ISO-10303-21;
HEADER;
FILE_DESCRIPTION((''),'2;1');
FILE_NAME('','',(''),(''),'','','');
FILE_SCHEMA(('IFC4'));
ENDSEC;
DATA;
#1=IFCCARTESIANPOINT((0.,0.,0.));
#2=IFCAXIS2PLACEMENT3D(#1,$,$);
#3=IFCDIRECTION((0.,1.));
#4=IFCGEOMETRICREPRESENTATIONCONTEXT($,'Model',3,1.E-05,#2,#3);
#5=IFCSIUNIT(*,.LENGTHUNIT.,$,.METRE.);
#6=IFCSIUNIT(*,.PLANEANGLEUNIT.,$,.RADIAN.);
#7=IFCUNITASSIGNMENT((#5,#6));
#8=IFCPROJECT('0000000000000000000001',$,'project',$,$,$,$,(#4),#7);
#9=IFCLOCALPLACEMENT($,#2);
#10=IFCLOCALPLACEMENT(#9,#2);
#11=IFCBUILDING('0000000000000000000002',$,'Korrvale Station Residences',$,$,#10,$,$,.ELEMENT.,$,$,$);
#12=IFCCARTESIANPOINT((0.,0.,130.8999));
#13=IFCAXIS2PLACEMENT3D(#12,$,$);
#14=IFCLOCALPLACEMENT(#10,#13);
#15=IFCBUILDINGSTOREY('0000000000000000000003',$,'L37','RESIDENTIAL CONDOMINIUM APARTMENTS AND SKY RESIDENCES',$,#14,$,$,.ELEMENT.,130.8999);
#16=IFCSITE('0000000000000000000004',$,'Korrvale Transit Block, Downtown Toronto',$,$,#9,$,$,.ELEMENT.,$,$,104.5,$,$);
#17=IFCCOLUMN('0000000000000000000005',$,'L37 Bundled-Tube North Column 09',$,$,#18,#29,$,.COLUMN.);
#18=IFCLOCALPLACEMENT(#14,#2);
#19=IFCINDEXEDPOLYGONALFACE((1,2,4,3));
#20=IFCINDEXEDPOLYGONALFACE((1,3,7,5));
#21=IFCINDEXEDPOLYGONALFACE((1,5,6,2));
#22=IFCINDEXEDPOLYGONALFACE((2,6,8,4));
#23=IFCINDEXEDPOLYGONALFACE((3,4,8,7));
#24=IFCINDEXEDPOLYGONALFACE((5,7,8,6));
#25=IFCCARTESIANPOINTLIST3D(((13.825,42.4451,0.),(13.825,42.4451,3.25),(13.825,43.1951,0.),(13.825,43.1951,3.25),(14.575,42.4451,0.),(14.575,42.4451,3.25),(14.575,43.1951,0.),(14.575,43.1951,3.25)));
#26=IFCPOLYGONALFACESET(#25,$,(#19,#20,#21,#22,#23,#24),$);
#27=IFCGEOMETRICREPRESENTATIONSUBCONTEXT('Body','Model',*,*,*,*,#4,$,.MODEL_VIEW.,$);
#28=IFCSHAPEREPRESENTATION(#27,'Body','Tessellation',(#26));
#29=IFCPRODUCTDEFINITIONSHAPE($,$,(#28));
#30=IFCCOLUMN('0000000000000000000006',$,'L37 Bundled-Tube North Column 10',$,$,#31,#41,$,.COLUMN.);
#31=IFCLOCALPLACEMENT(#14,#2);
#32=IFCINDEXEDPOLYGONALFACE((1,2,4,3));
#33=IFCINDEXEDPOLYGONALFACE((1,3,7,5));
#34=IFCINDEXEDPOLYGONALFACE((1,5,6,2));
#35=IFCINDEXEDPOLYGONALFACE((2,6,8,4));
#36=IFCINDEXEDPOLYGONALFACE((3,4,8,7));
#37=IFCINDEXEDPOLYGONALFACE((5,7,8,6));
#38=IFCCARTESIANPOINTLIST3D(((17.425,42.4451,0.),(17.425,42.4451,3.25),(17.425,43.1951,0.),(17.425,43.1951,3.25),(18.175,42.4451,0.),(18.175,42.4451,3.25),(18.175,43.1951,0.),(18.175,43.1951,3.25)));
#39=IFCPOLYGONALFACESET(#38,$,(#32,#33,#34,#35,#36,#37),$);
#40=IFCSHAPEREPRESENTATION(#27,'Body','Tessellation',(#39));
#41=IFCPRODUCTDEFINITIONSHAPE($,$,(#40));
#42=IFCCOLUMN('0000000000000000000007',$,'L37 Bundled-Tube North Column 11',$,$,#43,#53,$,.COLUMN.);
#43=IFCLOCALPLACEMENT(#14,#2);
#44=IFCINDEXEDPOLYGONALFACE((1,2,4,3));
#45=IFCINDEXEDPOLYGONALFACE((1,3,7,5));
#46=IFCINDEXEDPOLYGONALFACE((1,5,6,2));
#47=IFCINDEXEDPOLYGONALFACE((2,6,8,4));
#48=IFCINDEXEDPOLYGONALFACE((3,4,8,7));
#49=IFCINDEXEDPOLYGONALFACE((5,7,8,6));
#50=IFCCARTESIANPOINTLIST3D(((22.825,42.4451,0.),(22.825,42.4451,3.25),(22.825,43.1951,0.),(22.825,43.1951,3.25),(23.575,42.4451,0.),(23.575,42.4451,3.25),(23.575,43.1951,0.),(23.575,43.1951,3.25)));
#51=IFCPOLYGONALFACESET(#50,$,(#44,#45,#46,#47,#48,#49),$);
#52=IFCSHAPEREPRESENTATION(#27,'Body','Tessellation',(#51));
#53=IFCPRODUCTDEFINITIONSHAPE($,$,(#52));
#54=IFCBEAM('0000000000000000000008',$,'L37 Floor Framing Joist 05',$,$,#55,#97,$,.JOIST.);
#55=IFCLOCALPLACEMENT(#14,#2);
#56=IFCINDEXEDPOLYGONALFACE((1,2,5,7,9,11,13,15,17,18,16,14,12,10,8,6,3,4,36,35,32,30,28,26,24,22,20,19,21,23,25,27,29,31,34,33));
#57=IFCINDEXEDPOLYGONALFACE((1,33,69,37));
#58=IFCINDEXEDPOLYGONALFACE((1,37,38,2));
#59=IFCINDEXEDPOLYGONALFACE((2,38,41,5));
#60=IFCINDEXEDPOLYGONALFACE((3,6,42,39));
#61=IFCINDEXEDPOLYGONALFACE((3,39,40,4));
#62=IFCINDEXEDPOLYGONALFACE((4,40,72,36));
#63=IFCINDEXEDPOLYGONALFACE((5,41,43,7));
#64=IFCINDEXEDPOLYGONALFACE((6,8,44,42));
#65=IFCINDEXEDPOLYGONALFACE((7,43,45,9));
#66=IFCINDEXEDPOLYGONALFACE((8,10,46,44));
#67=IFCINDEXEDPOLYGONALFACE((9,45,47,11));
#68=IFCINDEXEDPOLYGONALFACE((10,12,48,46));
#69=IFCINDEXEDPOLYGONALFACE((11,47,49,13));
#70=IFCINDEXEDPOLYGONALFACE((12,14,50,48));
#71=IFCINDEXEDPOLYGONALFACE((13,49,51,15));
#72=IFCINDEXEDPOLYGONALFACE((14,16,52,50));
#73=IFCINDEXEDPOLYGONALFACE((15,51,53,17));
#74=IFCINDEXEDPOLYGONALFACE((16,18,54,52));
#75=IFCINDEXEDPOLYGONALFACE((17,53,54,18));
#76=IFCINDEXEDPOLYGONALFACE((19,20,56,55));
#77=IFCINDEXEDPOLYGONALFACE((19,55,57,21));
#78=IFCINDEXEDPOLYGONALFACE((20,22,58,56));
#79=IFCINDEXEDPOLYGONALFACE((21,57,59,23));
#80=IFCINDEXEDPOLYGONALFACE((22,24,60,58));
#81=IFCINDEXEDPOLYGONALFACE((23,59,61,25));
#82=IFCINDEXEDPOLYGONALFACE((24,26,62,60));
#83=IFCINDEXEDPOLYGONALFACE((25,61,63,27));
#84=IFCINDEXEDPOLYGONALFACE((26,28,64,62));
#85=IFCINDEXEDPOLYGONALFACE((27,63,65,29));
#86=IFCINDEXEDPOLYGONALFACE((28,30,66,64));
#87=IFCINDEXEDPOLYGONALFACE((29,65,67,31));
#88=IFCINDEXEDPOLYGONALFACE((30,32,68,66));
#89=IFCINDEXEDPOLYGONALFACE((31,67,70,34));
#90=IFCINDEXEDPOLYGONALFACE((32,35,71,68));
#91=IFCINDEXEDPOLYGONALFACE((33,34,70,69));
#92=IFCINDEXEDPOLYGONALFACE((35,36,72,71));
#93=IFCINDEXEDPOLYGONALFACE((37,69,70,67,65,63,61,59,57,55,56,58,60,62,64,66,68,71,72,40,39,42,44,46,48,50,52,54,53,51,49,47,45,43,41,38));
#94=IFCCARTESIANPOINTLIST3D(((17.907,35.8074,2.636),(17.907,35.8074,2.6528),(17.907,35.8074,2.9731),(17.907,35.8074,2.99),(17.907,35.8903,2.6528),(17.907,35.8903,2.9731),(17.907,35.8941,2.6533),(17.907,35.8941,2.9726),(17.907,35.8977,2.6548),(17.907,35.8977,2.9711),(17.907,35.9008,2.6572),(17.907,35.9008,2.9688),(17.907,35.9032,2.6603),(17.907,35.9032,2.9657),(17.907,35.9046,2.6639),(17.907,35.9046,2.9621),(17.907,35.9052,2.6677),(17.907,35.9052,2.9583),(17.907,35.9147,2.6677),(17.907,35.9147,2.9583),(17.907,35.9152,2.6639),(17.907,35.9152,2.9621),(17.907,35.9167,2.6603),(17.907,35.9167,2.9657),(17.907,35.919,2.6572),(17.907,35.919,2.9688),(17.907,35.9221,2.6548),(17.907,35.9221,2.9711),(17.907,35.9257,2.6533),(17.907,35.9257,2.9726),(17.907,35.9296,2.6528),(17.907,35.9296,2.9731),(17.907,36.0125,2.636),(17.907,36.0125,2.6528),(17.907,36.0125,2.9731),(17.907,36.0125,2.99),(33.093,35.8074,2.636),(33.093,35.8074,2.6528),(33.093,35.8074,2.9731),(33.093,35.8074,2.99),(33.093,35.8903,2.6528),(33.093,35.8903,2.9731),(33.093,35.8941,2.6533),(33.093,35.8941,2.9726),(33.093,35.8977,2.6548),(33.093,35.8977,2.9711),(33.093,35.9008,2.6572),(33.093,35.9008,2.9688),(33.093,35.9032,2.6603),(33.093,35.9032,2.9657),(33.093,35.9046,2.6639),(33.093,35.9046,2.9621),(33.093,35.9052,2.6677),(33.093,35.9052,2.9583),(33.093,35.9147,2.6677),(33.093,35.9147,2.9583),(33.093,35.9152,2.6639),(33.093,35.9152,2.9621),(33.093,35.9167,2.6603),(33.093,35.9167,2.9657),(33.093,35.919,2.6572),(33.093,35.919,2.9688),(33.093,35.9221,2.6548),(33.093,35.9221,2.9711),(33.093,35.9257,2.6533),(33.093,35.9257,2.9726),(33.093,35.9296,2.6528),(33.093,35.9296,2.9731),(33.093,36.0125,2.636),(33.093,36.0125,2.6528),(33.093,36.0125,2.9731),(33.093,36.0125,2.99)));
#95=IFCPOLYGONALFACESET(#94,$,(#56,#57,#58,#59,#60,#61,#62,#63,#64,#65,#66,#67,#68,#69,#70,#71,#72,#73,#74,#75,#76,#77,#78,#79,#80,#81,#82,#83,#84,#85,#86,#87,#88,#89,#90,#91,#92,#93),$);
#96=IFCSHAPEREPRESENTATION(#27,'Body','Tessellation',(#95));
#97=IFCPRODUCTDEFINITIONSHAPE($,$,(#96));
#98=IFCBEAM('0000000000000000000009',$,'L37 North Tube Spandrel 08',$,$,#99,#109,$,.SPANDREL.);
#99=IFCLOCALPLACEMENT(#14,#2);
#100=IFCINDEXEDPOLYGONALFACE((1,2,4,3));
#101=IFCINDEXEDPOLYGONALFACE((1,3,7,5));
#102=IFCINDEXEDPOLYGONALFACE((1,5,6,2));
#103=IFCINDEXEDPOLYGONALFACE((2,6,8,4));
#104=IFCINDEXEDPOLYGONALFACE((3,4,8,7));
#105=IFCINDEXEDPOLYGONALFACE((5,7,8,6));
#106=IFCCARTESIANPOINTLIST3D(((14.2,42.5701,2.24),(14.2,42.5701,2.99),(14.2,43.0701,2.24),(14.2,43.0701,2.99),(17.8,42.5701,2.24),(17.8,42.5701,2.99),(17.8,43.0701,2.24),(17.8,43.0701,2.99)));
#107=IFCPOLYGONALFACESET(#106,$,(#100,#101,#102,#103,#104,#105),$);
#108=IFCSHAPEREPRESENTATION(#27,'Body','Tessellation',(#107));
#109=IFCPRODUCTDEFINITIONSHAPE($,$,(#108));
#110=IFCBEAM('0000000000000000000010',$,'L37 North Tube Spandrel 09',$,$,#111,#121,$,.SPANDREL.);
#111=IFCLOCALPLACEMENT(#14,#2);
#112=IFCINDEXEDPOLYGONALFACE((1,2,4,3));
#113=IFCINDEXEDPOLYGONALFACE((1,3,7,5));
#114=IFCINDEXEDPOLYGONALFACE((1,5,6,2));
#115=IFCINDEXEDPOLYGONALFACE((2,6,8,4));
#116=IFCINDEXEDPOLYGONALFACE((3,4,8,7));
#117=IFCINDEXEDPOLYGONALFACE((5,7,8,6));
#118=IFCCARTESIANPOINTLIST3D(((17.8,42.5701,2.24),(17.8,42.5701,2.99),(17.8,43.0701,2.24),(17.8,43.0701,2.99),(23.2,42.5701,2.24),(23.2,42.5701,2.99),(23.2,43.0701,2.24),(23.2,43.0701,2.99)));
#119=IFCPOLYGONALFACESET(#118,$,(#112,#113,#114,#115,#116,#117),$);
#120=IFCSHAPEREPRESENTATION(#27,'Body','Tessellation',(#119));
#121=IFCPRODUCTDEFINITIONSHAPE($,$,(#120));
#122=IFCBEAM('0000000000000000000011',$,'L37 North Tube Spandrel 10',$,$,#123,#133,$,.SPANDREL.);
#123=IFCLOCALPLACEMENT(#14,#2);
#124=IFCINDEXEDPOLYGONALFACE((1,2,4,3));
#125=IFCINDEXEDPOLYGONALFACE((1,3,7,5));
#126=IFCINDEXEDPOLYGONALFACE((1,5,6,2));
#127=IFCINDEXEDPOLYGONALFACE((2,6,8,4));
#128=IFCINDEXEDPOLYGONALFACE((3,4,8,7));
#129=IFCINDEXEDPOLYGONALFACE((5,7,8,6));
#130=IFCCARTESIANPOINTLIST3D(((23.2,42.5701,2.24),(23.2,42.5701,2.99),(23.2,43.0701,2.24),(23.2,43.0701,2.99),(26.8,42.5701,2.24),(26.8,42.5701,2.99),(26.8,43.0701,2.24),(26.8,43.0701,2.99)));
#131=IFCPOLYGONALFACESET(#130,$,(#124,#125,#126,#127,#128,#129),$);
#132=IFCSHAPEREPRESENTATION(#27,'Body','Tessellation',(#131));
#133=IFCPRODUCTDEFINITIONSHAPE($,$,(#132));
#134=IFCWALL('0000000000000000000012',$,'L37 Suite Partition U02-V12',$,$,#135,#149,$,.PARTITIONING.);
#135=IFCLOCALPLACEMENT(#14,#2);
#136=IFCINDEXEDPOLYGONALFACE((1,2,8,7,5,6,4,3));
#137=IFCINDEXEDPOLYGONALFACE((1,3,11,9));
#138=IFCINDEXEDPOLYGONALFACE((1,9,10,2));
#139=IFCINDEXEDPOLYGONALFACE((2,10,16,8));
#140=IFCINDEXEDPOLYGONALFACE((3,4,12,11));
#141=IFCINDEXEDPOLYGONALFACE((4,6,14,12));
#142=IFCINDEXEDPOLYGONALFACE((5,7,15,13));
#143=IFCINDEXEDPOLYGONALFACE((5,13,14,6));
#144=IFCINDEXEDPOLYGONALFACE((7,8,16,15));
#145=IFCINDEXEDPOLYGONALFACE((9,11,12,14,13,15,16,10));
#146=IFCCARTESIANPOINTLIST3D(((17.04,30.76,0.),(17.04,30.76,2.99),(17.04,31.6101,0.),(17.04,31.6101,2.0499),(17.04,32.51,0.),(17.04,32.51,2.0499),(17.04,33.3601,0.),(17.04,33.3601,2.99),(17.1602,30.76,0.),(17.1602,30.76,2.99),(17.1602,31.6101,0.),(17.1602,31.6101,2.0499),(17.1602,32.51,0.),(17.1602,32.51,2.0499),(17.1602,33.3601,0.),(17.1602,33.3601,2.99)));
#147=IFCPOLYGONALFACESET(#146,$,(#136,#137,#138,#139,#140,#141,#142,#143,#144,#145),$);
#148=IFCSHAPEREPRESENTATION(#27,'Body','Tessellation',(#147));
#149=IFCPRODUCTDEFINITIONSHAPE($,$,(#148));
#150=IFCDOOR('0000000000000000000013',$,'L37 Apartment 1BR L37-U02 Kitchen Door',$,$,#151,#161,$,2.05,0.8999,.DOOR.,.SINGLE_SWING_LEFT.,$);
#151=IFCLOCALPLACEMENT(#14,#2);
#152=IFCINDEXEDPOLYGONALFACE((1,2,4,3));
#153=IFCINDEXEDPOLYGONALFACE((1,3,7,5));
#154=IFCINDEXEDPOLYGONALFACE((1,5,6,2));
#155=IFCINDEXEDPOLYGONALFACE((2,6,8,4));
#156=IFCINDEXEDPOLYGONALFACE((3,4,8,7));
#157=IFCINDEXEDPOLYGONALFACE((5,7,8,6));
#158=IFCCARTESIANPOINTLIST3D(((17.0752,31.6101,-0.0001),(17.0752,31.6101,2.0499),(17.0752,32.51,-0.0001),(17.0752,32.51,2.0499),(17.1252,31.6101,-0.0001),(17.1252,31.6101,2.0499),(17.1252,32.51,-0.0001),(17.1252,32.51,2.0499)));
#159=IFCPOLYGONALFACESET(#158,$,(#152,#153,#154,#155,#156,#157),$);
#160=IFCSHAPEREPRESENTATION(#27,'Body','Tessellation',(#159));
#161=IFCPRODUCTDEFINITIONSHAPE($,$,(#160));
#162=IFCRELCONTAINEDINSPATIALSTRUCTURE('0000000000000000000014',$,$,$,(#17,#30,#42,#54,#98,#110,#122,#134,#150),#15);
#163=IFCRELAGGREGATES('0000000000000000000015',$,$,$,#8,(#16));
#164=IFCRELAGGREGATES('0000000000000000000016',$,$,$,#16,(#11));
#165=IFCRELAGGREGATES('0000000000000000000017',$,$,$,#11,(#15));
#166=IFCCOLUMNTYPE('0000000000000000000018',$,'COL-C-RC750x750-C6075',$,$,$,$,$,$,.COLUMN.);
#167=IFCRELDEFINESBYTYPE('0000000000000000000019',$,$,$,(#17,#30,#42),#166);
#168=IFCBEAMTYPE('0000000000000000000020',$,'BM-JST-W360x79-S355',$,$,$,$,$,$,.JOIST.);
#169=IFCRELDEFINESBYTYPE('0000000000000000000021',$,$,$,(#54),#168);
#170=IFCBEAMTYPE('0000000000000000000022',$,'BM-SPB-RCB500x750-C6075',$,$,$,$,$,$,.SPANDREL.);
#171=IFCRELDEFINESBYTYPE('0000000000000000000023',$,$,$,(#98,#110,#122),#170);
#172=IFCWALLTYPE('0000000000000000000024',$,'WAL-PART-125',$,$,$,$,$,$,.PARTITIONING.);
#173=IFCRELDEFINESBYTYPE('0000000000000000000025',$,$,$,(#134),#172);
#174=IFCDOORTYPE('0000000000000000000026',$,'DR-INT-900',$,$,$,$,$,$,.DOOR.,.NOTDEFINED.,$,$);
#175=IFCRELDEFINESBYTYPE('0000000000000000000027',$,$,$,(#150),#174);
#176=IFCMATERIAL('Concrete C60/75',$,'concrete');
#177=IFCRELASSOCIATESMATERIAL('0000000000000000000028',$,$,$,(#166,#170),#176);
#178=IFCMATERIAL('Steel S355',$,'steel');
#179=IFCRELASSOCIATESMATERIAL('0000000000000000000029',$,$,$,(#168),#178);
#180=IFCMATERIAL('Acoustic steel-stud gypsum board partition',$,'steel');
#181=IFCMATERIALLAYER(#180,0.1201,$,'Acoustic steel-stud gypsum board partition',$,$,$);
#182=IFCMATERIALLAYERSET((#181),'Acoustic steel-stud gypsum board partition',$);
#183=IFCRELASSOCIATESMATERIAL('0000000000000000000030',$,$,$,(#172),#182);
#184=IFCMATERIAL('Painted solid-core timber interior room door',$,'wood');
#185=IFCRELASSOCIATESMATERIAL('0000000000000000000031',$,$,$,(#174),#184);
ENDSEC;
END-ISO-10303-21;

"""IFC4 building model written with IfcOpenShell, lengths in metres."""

from ifc_helpers import new_model, si_unit, direction, frame, frame_2d, origin, origin_2d, place, context, subcontext, project, spatial, rectangle, i_section, extrude, material, layer, layer_set, material_profile, profile_set, type_object, element, fill, save


model = new_model("IFC4")

# Units and contexts
model_context = context("Model", 3, precision=1e-05, world=origin(), true_north=direction((0.0, 1.0)))
body_context = subcontext(model_context, "Body", "Model", "MODEL_VIEW")
ifc_project = project(units=[si_unit("LENGTHUNIT", "METRE"), si_unit("PLANEANGLEUNIT", "RADIAN")], contexts=[model_context])

# Site, building, storey
site_placement = place(None, origin())
site = spatial("IfcSite", under=ifc_project, at=site_placement, Name="Korrvale Transit Block, Downtown Toronto", CompositionType="ELEMENT", RefElevation=104.5)
building_placement = place(site_placement, origin())
building = spatial("IfcBuilding", under=site, at=building_placement, Name="Korrvale Station Residences", CompositionType="ELEMENT")
storey_placement = place(building_placement, frame((0.0, 0.0, 130.8999)))
storey = spatial("IfcBuildingStorey", under=building, at=storey_placement, Name="L37", Description="RESIDENTIAL CONDOMINIUM APARTMENTS AND SKY RESIDENCES", CompositionType="ELEMENT", Elevation=130.8999)

# Columns
ifc_material_1 = material(Name="Concrete C60/75", Category="concrete")
ifc_material_profile_1 = material_profile(ifc_material_1, rectangle(XDim=0.75, YDim=0.75, at=origin_2d()), Name="RC750x750")
ifc_profile_set_1 = profile_set([ifc_material_profile_1], Name="Concrete C60/75")
column_type = type_object("IfcColumnType", Name="COL-C-RC750x750-C6075", PredefinedType="COLUMN", material=ifc_profile_set_1)
for number, where, z_axis, x_axis, name in (
    (1, (14.2, 42.8201, 0.0), (0.0, 0.0, 1.0), (1.0, 0.0, 0.0), "L37 Bundled-Tube North Column 09"),
    (2, (17.8, 42.8201, 0.0), (0.0, 0.0, 1.0), (1.0, 0.0, 0.0), "L37 Bundled-Tube North Column 10"),
    (3, (23.2, 42.8201, 0.0), (0.0, 0.0, 1.0), (1.0, 0.0, 0.0), "L37 Bundled-Tube North Column 11"),
):
    element("IfcColumn", number, at=place(storey_placement, frame(where, z_axis=z_axis, x_axis=x_axis)), inside=storey, type_object=column_type, Name=name, PredefinedType="COLUMN", context=body_context, shape_type="SweptSolid", body=[
        extrude(rectangle(XDim=0.75, YDim=0.75, at=origin_2d()), origin(), (0.0, 0.0, 1.0), 3.25),
    ])

# Beams
ifc_material_2 = material(Name="Steel S355", Category="steel")
ifc_material_profile_2 = material_profile(ifc_material_2, i_section(OverallWidth=0.2051, OverallDepth=0.354, WebThickness=0.0095, FlangeThickness=0.0168, FilletRadius=0.0149, at=origin_2d()), Name="W360x79")
ifc_profile_set_2 = profile_set([ifc_material_profile_2], Name="Steel S355")
beam_type_1 = type_object("IfcBeamType", Name="BM-JST-W360x79-S355", PredefinedType="JOIST", material=ifc_profile_set_2)
beam_1_placement = place(storey_placement, frame((17.907, 35.9099, 2.813), z_axis=(1.0, 0.0, 0.0), x_axis=(0.0, 1.0, 0.0)))
element("IfcBeam", 4, at=beam_1_placement, inside=storey, type_object=beam_type_1, Name="L37 Floor Framing Joist 05", PredefinedType="JOIST", context=body_context, shape_type="SweptSolid", body=[
    extrude(i_section(OverallWidth=0.2051, OverallDepth=0.354, WebThickness=0.0095, FlangeThickness=0.0168, FilletRadius=0.0149, at=origin_2d()), origin(), (0.0, 0.0, 1.0), 15.186),
])
ifc_material_profile_3 = material_profile(ifc_material_1, rectangle(XDim=0.5, YDim=0.75, at=origin_2d()), Name="RCB500x750")
ifc_profile_set_3 = profile_set([ifc_material_profile_3], Name="Concrete C60/75")
beam_type_2 = type_object("IfcBeamType", Name="BM-SPB-RCB500x750-C6075", PredefinedType="SPANDREL", material=ifc_profile_set_3)
beam_2_placement = place(storey_placement, frame((14.2, 42.8201, 2.615), z_axis=(1.0, 0.0, 0.0), x_axis=(0.0, 1.0, 0.0)))
element("IfcBeam", 5, at=beam_2_placement, inside=storey, type_object=beam_type_2, Name="L37 North Tube Spandrel 08", PredefinedType="SPANDREL", context=body_context, shape_type="SweptSolid", body=[
    extrude(rectangle(XDim=0.5, YDim=0.75, at=origin_2d()), origin(), (0.0, 0.0, 1.0), 3.6001),
])
beam_3_placement = place(storey_placement, frame((17.8, 42.8201, 2.615), z_axis=(1.0, 0.0, 0.0), x_axis=(0.0, 1.0, 0.0)))
element("IfcBeam", 6, at=beam_3_placement, inside=storey, type_object=beam_type_2, Name="L37 North Tube Spandrel 09", PredefinedType="SPANDREL", context=body_context, shape_type="SweptSolid", body=[
    extrude(rectangle(XDim=0.5, YDim=0.75, at=origin_2d()), origin(), (0.0, 0.0, 1.0), 5.3999),
])
beam_4_placement = place(storey_placement, frame((23.2, 42.8201, 2.615), z_axis=(1.0, 0.0, 0.0), x_axis=(0.0, 1.0, 0.0)))
element("IfcBeam", 7, at=beam_4_placement, inside=storey, type_object=beam_type_2, Name="L37 North Tube Spandrel 10", PredefinedType="SPANDREL", context=body_context, shape_type="SweptSolid", body=[
    extrude(rectangle(XDim=0.5, YDim=0.75, at=origin_2d()), origin(), (0.0, 0.0, 1.0), 3.6001),
])

# Wall, opening, door
ifc_material_3 = material(Name="Acoustic steel-stud gypsum board partition", Category="steel")
ifc_layer_1 = layer(ifc_material_3, 0.1201, Name="Acoustic steel-stud gypsum board partition")
ifc_layer_set_1 = layer_set([ifc_layer_1], Name="Acoustic steel-stud gypsum board partition")
wall_type = type_object("IfcWallType", Name="WAL-PART-125", PredefinedType="PARTITIONING", material=ifc_layer_set_1)
wall_1_placement = place(storey_placement, frame((17.1001, 30.76, 0.0), z_axis=(0.0, 0.0, 1.0), x_axis=(0.0, 1.0, 0.0)))
wall_1 = element("IfcWall", 8, at=wall_1_placement, inside=storey, type_object=wall_type, Name="L37 Suite Partition U02-V12", PredefinedType="PARTITIONING", context=body_context, shape_type="SweptSolid", body=[
    extrude(rectangle(XDim=2.6001, YDim=0.1201, at=frame_2d((1.3, 0.0))), origin(), (0.0, 0.0, 1.0), 2.99),
])
opening_1_placement = place(wall_1_placement, frame((0.8501, 0.0, 0.0)))
opening_1 = element("IfcOpeningElement", 9, at=opening_1_placement, cuts=wall_1, PredefinedType="OPENING", context=body_context, shape_type="SweptSolid", body=[
    extrude(rectangle(XDim=0.8999, YDim=2.05, at=frame_2d((0.45, 1.0249))), frame((0.0, 0.0701, 0.0), z_axis=(0.0, -1.0, 0.0), x_axis=(1.0, 0.0, 0.0)), (0.0, 0.0, 1.0), 0.1401),
])
ifc_material_4 = material(Name="Painted solid-core timber interior room door", Category="wood")
door_type = type_object("IfcDoorType", Name="DR-INT-900", OperationType="NOTDEFINED", PredefinedType="DOOR", material=ifc_material_4)
door_1_placement = place(opening_1_placement, origin())
door_1 = element("IfcDoor", 10, at=door_1_placement, inside=storey, type_object=door_type, Name="L37 Apartment 1BR L37-U02 Kitchen Door", OperationType="SINGLE_SWING_LEFT", OverallHeight=2.05, OverallWidth=0.8999, PredefinedType="DOOR", context=body_context, shape_type="SweptSolid", body=[
    extrude(rectangle(XDim=0.8999, YDim=2.05, at=frame_2d((0.45, 1.0249))), frame((0.0, 0.0249, 0.0), z_axis=(0.0, -1.0, 0.0), x_axis=(1.0, 0.0, 0.0)), (0.0, 0.0, 1.0), 0.05),
])
fill(opening_1, door_1)

save(model, "model.ifc")
